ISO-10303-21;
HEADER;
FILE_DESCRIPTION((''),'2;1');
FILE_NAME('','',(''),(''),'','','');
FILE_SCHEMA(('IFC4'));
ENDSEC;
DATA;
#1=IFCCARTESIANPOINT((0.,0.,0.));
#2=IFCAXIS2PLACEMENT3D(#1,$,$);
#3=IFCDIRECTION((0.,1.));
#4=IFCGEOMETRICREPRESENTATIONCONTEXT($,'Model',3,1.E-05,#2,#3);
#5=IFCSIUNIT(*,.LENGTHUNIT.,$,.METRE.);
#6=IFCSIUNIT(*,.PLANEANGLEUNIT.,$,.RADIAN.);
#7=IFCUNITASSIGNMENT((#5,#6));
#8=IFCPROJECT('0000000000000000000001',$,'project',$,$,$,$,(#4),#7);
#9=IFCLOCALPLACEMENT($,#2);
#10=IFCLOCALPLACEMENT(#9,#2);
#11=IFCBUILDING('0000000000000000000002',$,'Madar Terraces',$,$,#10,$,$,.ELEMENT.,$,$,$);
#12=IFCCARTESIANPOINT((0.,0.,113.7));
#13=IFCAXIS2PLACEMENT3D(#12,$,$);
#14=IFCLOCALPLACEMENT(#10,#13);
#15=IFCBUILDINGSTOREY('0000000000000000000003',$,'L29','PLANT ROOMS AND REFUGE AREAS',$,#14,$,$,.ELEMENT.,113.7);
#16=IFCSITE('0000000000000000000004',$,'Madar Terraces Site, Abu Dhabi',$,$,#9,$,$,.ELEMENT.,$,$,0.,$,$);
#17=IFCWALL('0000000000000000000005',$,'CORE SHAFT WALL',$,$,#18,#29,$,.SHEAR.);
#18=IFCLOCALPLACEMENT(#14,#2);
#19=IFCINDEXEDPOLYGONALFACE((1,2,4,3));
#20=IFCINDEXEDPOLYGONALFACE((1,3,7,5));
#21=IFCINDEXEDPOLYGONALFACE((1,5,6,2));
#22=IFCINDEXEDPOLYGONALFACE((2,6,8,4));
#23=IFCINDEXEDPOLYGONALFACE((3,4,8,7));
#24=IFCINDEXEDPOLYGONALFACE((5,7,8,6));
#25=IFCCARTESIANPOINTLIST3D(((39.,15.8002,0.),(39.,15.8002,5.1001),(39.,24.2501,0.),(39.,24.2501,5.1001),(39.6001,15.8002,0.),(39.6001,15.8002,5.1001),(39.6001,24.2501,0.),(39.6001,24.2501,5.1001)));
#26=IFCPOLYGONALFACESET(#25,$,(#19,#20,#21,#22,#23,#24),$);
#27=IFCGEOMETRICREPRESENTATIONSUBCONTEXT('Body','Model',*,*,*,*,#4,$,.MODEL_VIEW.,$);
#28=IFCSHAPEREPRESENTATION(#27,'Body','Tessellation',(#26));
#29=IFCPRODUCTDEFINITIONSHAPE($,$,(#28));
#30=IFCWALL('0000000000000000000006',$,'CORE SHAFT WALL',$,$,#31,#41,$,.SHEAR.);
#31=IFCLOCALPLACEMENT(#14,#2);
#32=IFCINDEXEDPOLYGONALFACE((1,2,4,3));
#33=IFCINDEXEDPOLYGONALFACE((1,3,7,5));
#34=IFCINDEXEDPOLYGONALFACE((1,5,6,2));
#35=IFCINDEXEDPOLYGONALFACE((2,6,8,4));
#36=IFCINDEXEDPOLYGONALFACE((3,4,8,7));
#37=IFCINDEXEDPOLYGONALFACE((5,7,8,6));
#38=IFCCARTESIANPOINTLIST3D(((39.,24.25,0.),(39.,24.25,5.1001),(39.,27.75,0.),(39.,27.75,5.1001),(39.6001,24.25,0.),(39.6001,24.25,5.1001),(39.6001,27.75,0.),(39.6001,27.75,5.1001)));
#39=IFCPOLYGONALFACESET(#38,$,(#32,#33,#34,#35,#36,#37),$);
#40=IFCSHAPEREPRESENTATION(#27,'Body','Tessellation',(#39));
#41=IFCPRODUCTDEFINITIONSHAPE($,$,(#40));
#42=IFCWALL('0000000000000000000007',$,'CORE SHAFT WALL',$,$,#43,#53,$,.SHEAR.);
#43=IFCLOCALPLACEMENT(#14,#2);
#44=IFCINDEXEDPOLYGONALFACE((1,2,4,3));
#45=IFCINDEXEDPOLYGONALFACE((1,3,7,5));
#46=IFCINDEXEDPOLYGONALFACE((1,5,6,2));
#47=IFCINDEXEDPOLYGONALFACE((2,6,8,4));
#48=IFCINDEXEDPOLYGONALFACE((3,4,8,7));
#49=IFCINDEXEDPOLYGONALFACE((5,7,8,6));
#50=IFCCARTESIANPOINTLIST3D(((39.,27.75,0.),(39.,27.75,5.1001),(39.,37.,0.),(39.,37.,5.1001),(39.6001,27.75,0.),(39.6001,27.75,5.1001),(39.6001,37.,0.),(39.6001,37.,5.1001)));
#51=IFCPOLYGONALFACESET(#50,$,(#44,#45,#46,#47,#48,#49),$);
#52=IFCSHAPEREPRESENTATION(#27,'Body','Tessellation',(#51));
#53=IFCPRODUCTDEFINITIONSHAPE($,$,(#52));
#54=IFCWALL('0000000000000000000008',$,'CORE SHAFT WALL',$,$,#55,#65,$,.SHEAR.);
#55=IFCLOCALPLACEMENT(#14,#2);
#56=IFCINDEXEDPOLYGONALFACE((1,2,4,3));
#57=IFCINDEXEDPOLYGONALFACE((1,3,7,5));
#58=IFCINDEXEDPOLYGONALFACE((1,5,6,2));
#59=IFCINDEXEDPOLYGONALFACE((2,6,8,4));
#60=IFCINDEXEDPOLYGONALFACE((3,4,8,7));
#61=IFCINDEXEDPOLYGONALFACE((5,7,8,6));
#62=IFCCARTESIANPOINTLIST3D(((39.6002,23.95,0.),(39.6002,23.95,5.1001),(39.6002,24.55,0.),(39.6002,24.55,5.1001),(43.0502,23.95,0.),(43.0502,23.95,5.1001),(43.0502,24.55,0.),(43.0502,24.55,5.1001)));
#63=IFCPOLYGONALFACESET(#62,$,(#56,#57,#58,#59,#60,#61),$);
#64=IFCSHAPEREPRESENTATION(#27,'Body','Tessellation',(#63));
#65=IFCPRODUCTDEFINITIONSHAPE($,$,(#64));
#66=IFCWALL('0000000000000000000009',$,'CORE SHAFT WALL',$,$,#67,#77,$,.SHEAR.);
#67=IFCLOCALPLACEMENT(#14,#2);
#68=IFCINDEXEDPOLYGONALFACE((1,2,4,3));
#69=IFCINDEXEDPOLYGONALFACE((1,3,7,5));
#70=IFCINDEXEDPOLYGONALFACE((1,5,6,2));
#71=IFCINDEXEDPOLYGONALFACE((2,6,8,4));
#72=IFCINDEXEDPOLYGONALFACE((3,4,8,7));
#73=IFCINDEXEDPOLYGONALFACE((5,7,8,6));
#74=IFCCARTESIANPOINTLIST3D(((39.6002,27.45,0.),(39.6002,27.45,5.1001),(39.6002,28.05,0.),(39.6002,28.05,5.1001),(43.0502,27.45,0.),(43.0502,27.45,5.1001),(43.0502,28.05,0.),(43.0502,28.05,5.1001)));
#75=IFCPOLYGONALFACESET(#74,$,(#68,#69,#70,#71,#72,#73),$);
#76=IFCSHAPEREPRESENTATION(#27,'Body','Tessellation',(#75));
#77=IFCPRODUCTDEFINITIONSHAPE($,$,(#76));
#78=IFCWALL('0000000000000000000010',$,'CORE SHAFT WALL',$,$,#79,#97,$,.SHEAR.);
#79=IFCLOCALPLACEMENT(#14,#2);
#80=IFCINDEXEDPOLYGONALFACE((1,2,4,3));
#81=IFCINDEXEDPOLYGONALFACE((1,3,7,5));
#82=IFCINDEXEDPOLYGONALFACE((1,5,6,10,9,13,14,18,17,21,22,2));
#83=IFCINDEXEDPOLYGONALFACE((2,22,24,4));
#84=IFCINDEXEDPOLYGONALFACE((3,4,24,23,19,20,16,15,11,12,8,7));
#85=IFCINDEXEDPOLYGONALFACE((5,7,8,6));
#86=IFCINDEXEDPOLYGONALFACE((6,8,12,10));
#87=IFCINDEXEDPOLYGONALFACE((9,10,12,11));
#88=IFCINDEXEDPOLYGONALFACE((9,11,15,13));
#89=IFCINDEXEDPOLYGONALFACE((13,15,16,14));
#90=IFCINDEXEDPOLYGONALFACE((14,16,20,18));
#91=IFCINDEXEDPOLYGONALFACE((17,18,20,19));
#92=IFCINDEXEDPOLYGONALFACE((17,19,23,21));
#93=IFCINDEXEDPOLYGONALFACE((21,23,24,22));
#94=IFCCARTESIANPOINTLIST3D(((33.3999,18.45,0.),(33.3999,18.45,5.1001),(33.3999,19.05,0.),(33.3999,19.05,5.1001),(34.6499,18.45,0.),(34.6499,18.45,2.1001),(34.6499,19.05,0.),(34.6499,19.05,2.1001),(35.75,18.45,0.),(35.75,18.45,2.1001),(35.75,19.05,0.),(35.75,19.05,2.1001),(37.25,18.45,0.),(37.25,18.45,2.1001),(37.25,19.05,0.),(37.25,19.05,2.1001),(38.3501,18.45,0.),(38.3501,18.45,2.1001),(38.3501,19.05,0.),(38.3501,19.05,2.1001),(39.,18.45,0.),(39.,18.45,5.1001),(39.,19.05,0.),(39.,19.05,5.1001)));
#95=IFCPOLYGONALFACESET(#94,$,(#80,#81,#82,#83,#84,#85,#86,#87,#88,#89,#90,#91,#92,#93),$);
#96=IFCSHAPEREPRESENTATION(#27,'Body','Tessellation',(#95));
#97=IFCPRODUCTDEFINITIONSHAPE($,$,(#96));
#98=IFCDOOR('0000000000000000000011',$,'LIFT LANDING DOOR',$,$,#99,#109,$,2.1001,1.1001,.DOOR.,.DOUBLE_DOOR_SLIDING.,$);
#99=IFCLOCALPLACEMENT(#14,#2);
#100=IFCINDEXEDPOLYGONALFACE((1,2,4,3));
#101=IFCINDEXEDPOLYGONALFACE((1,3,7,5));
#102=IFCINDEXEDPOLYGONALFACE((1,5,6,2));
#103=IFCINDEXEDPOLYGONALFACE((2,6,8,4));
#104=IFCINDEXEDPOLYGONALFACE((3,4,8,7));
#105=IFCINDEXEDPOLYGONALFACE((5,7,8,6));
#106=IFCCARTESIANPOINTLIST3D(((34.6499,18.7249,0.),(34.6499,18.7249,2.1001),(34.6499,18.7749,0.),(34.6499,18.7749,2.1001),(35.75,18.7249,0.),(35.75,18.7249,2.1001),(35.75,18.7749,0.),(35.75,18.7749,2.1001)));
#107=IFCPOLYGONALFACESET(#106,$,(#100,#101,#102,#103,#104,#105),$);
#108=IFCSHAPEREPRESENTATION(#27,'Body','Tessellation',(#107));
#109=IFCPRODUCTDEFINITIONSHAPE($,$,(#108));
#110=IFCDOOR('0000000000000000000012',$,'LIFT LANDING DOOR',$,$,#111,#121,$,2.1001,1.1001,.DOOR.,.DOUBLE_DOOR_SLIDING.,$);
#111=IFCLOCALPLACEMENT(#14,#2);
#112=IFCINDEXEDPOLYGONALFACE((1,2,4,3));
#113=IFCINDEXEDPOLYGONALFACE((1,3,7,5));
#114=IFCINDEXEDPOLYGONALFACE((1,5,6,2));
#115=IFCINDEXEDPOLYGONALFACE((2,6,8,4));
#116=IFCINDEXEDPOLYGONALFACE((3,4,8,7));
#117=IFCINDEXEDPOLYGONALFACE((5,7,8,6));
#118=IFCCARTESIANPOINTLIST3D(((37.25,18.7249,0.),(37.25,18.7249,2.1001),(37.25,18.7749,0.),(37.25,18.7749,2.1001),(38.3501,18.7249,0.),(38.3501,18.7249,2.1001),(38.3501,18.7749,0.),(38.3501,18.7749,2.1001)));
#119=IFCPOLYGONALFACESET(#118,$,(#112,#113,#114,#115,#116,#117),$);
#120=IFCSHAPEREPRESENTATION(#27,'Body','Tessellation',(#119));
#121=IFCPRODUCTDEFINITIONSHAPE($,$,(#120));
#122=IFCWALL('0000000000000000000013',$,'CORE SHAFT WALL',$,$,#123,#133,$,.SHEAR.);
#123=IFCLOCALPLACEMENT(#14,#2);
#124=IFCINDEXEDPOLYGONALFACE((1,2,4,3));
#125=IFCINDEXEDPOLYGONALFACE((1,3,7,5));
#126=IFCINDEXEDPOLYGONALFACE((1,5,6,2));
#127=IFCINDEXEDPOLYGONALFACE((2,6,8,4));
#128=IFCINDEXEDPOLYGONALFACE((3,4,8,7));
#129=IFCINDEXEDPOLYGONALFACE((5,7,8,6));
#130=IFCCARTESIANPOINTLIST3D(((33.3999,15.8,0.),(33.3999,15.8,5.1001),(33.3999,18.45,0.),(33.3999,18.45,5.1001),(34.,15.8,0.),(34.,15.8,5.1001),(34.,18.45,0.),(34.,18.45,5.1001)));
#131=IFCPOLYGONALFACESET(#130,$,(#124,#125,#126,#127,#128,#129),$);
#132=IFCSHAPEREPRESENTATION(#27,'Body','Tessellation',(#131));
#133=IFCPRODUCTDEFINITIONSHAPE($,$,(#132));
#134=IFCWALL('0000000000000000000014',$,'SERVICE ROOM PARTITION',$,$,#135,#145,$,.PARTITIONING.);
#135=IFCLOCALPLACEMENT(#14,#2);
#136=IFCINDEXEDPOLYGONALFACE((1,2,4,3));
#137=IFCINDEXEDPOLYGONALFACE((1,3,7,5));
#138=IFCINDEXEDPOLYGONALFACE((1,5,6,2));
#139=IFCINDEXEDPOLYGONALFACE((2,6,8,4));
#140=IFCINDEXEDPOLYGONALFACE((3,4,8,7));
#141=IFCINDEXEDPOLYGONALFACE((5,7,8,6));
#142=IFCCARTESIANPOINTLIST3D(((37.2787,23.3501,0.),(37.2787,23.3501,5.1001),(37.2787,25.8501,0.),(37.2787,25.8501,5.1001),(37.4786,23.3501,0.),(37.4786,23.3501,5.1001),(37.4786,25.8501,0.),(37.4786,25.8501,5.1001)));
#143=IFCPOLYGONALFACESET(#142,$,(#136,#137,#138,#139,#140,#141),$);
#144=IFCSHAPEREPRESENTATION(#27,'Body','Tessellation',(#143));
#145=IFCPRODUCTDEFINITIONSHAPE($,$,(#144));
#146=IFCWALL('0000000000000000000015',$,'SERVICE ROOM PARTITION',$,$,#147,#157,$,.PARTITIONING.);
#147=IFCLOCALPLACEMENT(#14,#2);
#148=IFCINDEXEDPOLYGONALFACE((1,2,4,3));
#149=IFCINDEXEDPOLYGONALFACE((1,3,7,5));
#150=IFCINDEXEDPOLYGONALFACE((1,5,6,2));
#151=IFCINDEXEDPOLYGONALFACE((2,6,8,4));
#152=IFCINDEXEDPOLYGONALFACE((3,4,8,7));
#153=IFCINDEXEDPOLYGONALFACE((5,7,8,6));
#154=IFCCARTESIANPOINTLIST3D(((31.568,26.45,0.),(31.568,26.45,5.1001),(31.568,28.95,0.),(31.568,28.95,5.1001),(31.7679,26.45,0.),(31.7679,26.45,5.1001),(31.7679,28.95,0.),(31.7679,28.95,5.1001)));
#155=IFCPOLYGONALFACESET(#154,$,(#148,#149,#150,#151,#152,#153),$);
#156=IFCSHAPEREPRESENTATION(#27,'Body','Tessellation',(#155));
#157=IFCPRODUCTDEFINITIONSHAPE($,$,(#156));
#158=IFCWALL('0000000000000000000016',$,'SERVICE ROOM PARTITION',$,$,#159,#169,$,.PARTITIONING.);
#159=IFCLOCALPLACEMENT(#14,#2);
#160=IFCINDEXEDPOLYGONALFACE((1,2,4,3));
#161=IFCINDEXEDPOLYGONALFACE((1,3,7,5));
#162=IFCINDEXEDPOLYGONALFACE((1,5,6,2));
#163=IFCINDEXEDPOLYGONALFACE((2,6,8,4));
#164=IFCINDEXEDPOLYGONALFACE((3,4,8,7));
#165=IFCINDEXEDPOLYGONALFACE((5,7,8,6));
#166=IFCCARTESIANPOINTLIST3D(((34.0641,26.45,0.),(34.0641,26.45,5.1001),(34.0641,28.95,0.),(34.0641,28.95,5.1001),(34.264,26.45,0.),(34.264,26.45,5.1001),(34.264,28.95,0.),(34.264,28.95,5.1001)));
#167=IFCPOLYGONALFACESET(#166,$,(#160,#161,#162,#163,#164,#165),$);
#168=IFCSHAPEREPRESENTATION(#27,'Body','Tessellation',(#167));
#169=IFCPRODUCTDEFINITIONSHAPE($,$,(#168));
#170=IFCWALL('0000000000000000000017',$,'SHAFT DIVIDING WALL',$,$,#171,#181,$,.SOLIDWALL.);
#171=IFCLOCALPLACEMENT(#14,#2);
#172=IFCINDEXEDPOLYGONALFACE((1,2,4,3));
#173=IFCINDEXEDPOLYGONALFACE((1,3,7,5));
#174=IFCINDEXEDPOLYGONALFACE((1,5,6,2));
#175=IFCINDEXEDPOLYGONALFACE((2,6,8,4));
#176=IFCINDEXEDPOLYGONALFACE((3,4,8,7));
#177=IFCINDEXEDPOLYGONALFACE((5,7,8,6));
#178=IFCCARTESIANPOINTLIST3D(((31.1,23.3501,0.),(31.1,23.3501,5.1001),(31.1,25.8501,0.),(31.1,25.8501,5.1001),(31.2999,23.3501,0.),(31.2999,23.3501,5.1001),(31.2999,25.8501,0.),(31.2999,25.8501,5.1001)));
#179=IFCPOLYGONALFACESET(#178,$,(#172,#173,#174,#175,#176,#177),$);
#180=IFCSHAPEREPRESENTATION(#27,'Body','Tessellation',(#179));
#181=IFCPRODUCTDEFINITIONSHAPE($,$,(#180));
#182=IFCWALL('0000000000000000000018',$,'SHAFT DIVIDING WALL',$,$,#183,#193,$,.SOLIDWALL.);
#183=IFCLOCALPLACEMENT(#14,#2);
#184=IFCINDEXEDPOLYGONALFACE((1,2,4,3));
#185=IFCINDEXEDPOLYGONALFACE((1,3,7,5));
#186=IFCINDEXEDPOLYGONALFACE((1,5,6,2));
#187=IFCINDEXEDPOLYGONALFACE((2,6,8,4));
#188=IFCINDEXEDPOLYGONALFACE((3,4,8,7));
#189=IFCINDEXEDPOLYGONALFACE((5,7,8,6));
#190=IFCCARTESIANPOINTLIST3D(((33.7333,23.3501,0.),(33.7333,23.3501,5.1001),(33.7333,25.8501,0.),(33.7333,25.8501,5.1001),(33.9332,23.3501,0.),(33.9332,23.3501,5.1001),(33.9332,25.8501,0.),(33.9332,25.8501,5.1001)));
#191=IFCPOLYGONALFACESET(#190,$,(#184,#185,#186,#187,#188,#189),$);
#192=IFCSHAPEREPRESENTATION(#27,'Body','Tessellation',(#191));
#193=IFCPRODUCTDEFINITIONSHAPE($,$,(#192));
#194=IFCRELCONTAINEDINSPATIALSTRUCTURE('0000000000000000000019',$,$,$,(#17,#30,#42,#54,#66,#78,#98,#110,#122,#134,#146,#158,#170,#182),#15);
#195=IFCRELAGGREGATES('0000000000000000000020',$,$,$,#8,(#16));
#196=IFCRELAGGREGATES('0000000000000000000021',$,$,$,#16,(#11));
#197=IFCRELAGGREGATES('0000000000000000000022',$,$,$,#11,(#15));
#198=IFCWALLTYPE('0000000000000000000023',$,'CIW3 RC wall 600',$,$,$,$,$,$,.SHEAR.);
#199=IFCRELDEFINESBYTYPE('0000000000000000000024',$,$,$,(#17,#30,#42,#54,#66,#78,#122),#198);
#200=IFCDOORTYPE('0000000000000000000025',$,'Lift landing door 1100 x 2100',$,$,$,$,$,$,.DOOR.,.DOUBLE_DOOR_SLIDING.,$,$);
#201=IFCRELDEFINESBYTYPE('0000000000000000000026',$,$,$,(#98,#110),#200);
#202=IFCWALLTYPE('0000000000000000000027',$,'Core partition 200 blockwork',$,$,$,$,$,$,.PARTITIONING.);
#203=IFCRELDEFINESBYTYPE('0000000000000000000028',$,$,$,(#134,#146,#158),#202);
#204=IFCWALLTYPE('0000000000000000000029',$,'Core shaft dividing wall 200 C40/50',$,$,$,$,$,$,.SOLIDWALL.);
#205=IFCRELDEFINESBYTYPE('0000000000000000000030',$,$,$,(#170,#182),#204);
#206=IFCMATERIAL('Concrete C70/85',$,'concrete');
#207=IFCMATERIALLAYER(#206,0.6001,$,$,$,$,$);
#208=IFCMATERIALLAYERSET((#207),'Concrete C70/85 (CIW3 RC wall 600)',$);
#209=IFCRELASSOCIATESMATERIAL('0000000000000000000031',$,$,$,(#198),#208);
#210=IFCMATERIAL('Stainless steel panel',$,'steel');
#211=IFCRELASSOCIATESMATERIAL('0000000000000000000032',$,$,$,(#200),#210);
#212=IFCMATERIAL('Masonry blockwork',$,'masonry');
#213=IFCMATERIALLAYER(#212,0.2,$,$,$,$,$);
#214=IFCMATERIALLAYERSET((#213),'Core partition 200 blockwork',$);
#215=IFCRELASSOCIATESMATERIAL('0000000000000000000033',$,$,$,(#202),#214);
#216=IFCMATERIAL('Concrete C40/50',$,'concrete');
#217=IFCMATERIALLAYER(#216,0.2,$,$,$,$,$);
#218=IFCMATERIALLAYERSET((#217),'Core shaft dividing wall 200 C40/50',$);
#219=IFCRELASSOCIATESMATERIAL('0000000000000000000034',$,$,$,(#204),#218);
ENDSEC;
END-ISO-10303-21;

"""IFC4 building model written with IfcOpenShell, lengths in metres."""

from ifc_helpers import new_model, si_unit, direction, frame, frame_2d, origin, place, context, subcontext, project, spatial, rectangle, extrude, material, layer, layer_set, type_object, element, fill, save


model = new_model("IFC4")

# Units and contexts
model_context = context("Model", 3, precision=1e-05, world=origin(), true_north=direction((0.0, 1.0)))
body_context = subcontext(model_context, "Body", "Model", "MODEL_VIEW")
ifc_project = project(units=[si_unit("LENGTHUNIT", "METRE"), si_unit("PLANEANGLEUNIT", "RADIAN")], contexts=[model_context])

# Site, building, storey
site_placement = place(None, origin())
site = spatial("IfcSite", under=ifc_project, at=site_placement, Name="Madar Terraces Site, Abu Dhabi", CompositionType="ELEMENT", RefElevation=0.0)
building_placement = place(site_placement, origin())
building = spatial("IfcBuilding", under=site, at=building_placement, Name="Madar Terraces", CompositionType="ELEMENT")
storey_placement = place(building_placement, frame((0.0, 0.0, 113.7)))
storey = spatial("IfcBuildingStorey", under=building, at=storey_placement, Name="L29", Description="PLANT ROOMS AND REFUGE AREAS", CompositionType="ELEMENT", Elevation=113.7)

# Walls
ifc_material_1 = material(Name="Concrete C70/85", Category="concrete")
ifc_layer_1 = layer(ifc_material_1, 0.6001)
ifc_layer_set_1 = layer_set([ifc_layer_1], Name="Concrete C70/85 (CIW3 RC wall 600)")
wall_type_1 = type_object("IfcWallType", Name="CIW3 RC wall 600", PredefinedType="SHEAR", material=ifc_layer_set_1)
wall_1_placement = place(storey_placement, frame((39.3, 15.8, 0.0), z_axis=(0.0, 0.0, 1.0), x_axis=(0.0, 1.0, 0.0)))
element("IfcWall", 1, at=wall_1_placement, inside=storey, type_object=wall_type_1, Name="CORE SHAFT WALL", PredefinedType="SHEAR", context=body_context, shape_type="SweptSolid", body=[
    extrude(rectangle(XDim=8.45, YDim=0.6001, at=frame_2d((4.2251, 0.0))), origin(), (0.0, 0.0, 1.0), 5.1001),
])
wall_2_placement = place(storey_placement, frame((39.3, 24.25, 0.0), z_axis=(0.0, 0.0, 1.0), x_axis=(0.0, 1.0, 0.0)))
element("IfcWall", 2, at=wall_2_placement, inside=storey, type_object=wall_type_1, Name="CORE SHAFT WALL", PredefinedType="SHEAR", context=body_context, shape_type="SweptSolid", body=[
    extrude(rectangle(XDim=3.5, YDim=0.6001, at=frame_2d((1.75, 0.0))), origin(), (0.0, 0.0, 1.0), 5.1001),
])
wall_3_placement = place(storey_placement, frame((39.3, 27.75, 0.0), z_axis=(0.0, 0.0, 1.0), x_axis=(0.0, 1.0, 0.0)))
element("IfcWall", 3, at=wall_3_placement, inside=storey, type_object=wall_type_1, Name="CORE SHAFT WALL", PredefinedType="SHEAR", context=body_context, shape_type="SweptSolid", body=[
    extrude(rectangle(XDim=9.25, YDim=0.6001, at=frame_2d((4.625, 0.0))), origin(), (0.0, 0.0, 1.0), 5.1001),
])
for number, where, z_axis, x_axis, name in (
    (4, (39.6001, 24.25, 0.0), (0.0, 0.0, 1.0), (1.0, 0.0, 0.0), "CORE SHAFT WALL"),
    (5, (39.6001, 27.75, 0.0), (0.0, 0.0, 1.0), (1.0, 0.0, 0.0), "CORE SHAFT WALL"),
):
    element("IfcWall", number, at=place(storey_placement, frame(where, z_axis=z_axis, x_axis=x_axis)), inside=storey, type_object=wall_type_1, Name=name, PredefinedType="SHEAR", context=body_context, shape_type="SweptSolid", body=[
        extrude(rectangle(XDim=3.45, YDim=0.6001, at=frame_2d((1.7251, 0.0))), origin(), (0.0, 0.0, 1.0), 5.1001),
    ])

# Wall, openings, doors
wall_4_placement = place(storey_placement, frame((33.3999, 18.75, 0.0), z_axis=(0.0, 0.0, 1.0), x_axis=(1.0, 0.0, 0.0)))
wall_4 = element("IfcWall", 6, at=wall_4_placement, inside=storey, type_object=wall_type_1, Name="CORE SHAFT WALL", PredefinedType="SHEAR", context=body_context, shape_type="SweptSolid", body=[
    extrude(rectangle(XDim=5.6001, YDim=0.6001, at=frame_2d((2.8, 0.0))), origin(), (0.0, 0.0, 1.0), 5.1001),
])
opening_1_placement = place(wall_4_placement, frame((1.25, 0.0, 0.0)))
opening_1 = element("IfcOpeningElement", 7, at=opening_1_placement, cuts=wall_4, PredefinedType="OPENING", context=body_context, shape_type="SweptSolid", body=[
    extrude(rectangle(XDim=1.1001, YDim=2.1001, at=frame_2d((0.55, 1.05))), frame((0.0, 0.3101, 0.0), z_axis=(0.0, -1.0, 0.0), x_axis=(1.0, 0.0, 0.0)), (0.0, 0.0, 1.0), 0.6201),
])
opening_2_placement = place(wall_4_placement, frame((3.8501, 0.0, 0.0)))
opening_2 = element("IfcOpeningElement", 8, at=opening_2_placement, cuts=wall_4, PredefinedType="OPENING", context=body_context, shape_type="SweptSolid", body=[
    extrude(rectangle(XDim=1.1001, YDim=2.1001, at=frame_2d((0.55, 1.05))), frame((0.0, 0.3101, 0.0), z_axis=(0.0, -1.0, 0.0), x_axis=(1.0, 0.0, 0.0)), (0.0, 0.0, 1.0), 0.6201),
])
ifc_material_2 = material(Name="Stainless steel panel", Category="steel")
door_type = type_object("IfcDoorType", Name="Lift landing door 1100 x 2100", OperationType="DOUBLE_DOOR_SLIDING", PredefinedType="DOOR", material=ifc_material_2)
door_1_placement = place(opening_1_placement, origin())
door_1 = element("IfcDoor", 9, at=door_1_placement, inside=storey, type_object=door_type, Name="LIFT LANDING DOOR", OperationType="DOUBLE_DOOR_SLIDING", OverallHeight=2.1001, OverallWidth=1.1001, PredefinedType="DOOR", context=body_context, shape_type="SweptSolid", body=[
    extrude(rectangle(XDim=1.1001, YDim=2.1001, at=frame_2d((0.55, 1.05))), frame((0.0, 0.0249, 0.0), z_axis=(0.0, -1.0, 0.0), x_axis=(1.0, 0.0, 0.0)), (0.0, 0.0, 1.0), 0.05),
])
fill(opening_1, door_1)
door_2_placement = place(opening_2_placement, origin())
door_2 = element("IfcDoor", 10, at=door_2_placement, inside=storey, type_object=door_type, Name="LIFT LANDING DOOR", OperationType="DOUBLE_DOOR_SLIDING", OverallHeight=2.1001, OverallWidth=1.1001, PredefinedType="DOOR", context=body_context, shape_type="SweptSolid", body=[
    extrude(rectangle(XDim=1.1001, YDim=2.1001, at=frame_2d((0.55, 1.05))), frame((0.0, 0.0249, 0.0), z_axis=(0.0, -1.0, 0.0), x_axis=(1.0, 0.0, 0.0)), (0.0, 0.0, 1.0), 0.05),
])
fill(opening_2, door_2)

# Walls
wall_5_placement = place(storey_placement, frame((33.7, 15.8, 0.0), z_axis=(0.0, 0.0, 1.0), x_axis=(0.0, 1.0, 0.0)))
element("IfcWall", 11, at=wall_5_placement, inside=storey, type_object=wall_type_1, Name="CORE SHAFT WALL", PredefinedType="SHEAR", context=body_context, shape_type="SweptSolid", body=[
    extrude(rectangle(XDim=2.6499, YDim=0.6001, at=frame_2d((1.325, 0.0))), origin(), (0.0, 0.0, 1.0), 5.1001),
])
ifc_material_3 = material(Name="Masonry blockwork", Category="masonry")
ifc_layer_2 = layer(ifc_material_3, 0.2)
ifc_layer_set_2 = layer_set([ifc_layer_2], Name="Core partition 200 blockwork")
wall_type_2 = type_object("IfcWallType", Name="Core partition 200 blockwork", PredefinedType="PARTITIONING", material=ifc_layer_set_2)
for number, where, z_axis, x_axis, name in (
    (12, (37.3787, 23.3501, 0.0), (0.0, 0.0, 1.0), (0.0, 1.0, 0.0), "SERVICE ROOM PARTITION"),
    (13, (31.668, 26.45, 0.0), (0.0, 0.0, 1.0), (0.0, 1.0, 0.0), "SERVICE ROOM PARTITION"),
    (14, (34.1641, 26.45, 0.0), (0.0, 0.0, 1.0), (0.0, 1.0, 0.0), "SERVICE ROOM PARTITION"),
):
    element("IfcWall", number, at=place(storey_placement, frame(where, z_axis=z_axis, x_axis=x_axis)), inside=storey, type_object=wall_type_2, Name=name, PredefinedType="PARTITIONING", context=body_context, shape_type="SweptSolid", body=[
        extrude(rectangle(XDim=2.5, YDim=0.2, at=frame_2d((1.25, 0.0))), origin(), (0.0, 0.0, 1.0), 5.1001),
    ])
ifc_material_4 = material(Name="Concrete C40/50", Category="concrete")
ifc_layer_3 = layer(ifc_material_4, 0.2)
ifc_layer_set_3 = layer_set([ifc_layer_3], Name="Core shaft dividing wall 200 C40/50")
wall_type_3 = type_object("IfcWallType", Name="Core shaft dividing wall 200 C40/50", PredefinedType="SOLIDWALL", material=ifc_layer_set_3)
for number, where, z_axis, x_axis, name in (
    (15, (31.2, 23.3501, 0.0), (0.0, 0.0, 1.0), (0.0, 1.0, 0.0), "SHAFT DIVIDING WALL"),
    (16, (33.8333, 23.3501, 0.0), (0.0, 0.0, 1.0), (0.0, 1.0, 0.0), "SHAFT DIVIDING WALL"),
):
    element("IfcWall", number, at=place(storey_placement, frame(where, z_axis=z_axis, x_axis=x_axis)), inside=storey, type_object=wall_type_3, Name=name, PredefinedType="SOLIDWALL", context=body_context, shape_type="SweptSolid", body=[
        extrude(rectangle(XDim=2.5, YDim=0.2, at=frame_2d((1.25, 0.0))), origin(), (0.0, 0.0, 1.0), 5.1001),
    ])

save(model, "model.ifc")
